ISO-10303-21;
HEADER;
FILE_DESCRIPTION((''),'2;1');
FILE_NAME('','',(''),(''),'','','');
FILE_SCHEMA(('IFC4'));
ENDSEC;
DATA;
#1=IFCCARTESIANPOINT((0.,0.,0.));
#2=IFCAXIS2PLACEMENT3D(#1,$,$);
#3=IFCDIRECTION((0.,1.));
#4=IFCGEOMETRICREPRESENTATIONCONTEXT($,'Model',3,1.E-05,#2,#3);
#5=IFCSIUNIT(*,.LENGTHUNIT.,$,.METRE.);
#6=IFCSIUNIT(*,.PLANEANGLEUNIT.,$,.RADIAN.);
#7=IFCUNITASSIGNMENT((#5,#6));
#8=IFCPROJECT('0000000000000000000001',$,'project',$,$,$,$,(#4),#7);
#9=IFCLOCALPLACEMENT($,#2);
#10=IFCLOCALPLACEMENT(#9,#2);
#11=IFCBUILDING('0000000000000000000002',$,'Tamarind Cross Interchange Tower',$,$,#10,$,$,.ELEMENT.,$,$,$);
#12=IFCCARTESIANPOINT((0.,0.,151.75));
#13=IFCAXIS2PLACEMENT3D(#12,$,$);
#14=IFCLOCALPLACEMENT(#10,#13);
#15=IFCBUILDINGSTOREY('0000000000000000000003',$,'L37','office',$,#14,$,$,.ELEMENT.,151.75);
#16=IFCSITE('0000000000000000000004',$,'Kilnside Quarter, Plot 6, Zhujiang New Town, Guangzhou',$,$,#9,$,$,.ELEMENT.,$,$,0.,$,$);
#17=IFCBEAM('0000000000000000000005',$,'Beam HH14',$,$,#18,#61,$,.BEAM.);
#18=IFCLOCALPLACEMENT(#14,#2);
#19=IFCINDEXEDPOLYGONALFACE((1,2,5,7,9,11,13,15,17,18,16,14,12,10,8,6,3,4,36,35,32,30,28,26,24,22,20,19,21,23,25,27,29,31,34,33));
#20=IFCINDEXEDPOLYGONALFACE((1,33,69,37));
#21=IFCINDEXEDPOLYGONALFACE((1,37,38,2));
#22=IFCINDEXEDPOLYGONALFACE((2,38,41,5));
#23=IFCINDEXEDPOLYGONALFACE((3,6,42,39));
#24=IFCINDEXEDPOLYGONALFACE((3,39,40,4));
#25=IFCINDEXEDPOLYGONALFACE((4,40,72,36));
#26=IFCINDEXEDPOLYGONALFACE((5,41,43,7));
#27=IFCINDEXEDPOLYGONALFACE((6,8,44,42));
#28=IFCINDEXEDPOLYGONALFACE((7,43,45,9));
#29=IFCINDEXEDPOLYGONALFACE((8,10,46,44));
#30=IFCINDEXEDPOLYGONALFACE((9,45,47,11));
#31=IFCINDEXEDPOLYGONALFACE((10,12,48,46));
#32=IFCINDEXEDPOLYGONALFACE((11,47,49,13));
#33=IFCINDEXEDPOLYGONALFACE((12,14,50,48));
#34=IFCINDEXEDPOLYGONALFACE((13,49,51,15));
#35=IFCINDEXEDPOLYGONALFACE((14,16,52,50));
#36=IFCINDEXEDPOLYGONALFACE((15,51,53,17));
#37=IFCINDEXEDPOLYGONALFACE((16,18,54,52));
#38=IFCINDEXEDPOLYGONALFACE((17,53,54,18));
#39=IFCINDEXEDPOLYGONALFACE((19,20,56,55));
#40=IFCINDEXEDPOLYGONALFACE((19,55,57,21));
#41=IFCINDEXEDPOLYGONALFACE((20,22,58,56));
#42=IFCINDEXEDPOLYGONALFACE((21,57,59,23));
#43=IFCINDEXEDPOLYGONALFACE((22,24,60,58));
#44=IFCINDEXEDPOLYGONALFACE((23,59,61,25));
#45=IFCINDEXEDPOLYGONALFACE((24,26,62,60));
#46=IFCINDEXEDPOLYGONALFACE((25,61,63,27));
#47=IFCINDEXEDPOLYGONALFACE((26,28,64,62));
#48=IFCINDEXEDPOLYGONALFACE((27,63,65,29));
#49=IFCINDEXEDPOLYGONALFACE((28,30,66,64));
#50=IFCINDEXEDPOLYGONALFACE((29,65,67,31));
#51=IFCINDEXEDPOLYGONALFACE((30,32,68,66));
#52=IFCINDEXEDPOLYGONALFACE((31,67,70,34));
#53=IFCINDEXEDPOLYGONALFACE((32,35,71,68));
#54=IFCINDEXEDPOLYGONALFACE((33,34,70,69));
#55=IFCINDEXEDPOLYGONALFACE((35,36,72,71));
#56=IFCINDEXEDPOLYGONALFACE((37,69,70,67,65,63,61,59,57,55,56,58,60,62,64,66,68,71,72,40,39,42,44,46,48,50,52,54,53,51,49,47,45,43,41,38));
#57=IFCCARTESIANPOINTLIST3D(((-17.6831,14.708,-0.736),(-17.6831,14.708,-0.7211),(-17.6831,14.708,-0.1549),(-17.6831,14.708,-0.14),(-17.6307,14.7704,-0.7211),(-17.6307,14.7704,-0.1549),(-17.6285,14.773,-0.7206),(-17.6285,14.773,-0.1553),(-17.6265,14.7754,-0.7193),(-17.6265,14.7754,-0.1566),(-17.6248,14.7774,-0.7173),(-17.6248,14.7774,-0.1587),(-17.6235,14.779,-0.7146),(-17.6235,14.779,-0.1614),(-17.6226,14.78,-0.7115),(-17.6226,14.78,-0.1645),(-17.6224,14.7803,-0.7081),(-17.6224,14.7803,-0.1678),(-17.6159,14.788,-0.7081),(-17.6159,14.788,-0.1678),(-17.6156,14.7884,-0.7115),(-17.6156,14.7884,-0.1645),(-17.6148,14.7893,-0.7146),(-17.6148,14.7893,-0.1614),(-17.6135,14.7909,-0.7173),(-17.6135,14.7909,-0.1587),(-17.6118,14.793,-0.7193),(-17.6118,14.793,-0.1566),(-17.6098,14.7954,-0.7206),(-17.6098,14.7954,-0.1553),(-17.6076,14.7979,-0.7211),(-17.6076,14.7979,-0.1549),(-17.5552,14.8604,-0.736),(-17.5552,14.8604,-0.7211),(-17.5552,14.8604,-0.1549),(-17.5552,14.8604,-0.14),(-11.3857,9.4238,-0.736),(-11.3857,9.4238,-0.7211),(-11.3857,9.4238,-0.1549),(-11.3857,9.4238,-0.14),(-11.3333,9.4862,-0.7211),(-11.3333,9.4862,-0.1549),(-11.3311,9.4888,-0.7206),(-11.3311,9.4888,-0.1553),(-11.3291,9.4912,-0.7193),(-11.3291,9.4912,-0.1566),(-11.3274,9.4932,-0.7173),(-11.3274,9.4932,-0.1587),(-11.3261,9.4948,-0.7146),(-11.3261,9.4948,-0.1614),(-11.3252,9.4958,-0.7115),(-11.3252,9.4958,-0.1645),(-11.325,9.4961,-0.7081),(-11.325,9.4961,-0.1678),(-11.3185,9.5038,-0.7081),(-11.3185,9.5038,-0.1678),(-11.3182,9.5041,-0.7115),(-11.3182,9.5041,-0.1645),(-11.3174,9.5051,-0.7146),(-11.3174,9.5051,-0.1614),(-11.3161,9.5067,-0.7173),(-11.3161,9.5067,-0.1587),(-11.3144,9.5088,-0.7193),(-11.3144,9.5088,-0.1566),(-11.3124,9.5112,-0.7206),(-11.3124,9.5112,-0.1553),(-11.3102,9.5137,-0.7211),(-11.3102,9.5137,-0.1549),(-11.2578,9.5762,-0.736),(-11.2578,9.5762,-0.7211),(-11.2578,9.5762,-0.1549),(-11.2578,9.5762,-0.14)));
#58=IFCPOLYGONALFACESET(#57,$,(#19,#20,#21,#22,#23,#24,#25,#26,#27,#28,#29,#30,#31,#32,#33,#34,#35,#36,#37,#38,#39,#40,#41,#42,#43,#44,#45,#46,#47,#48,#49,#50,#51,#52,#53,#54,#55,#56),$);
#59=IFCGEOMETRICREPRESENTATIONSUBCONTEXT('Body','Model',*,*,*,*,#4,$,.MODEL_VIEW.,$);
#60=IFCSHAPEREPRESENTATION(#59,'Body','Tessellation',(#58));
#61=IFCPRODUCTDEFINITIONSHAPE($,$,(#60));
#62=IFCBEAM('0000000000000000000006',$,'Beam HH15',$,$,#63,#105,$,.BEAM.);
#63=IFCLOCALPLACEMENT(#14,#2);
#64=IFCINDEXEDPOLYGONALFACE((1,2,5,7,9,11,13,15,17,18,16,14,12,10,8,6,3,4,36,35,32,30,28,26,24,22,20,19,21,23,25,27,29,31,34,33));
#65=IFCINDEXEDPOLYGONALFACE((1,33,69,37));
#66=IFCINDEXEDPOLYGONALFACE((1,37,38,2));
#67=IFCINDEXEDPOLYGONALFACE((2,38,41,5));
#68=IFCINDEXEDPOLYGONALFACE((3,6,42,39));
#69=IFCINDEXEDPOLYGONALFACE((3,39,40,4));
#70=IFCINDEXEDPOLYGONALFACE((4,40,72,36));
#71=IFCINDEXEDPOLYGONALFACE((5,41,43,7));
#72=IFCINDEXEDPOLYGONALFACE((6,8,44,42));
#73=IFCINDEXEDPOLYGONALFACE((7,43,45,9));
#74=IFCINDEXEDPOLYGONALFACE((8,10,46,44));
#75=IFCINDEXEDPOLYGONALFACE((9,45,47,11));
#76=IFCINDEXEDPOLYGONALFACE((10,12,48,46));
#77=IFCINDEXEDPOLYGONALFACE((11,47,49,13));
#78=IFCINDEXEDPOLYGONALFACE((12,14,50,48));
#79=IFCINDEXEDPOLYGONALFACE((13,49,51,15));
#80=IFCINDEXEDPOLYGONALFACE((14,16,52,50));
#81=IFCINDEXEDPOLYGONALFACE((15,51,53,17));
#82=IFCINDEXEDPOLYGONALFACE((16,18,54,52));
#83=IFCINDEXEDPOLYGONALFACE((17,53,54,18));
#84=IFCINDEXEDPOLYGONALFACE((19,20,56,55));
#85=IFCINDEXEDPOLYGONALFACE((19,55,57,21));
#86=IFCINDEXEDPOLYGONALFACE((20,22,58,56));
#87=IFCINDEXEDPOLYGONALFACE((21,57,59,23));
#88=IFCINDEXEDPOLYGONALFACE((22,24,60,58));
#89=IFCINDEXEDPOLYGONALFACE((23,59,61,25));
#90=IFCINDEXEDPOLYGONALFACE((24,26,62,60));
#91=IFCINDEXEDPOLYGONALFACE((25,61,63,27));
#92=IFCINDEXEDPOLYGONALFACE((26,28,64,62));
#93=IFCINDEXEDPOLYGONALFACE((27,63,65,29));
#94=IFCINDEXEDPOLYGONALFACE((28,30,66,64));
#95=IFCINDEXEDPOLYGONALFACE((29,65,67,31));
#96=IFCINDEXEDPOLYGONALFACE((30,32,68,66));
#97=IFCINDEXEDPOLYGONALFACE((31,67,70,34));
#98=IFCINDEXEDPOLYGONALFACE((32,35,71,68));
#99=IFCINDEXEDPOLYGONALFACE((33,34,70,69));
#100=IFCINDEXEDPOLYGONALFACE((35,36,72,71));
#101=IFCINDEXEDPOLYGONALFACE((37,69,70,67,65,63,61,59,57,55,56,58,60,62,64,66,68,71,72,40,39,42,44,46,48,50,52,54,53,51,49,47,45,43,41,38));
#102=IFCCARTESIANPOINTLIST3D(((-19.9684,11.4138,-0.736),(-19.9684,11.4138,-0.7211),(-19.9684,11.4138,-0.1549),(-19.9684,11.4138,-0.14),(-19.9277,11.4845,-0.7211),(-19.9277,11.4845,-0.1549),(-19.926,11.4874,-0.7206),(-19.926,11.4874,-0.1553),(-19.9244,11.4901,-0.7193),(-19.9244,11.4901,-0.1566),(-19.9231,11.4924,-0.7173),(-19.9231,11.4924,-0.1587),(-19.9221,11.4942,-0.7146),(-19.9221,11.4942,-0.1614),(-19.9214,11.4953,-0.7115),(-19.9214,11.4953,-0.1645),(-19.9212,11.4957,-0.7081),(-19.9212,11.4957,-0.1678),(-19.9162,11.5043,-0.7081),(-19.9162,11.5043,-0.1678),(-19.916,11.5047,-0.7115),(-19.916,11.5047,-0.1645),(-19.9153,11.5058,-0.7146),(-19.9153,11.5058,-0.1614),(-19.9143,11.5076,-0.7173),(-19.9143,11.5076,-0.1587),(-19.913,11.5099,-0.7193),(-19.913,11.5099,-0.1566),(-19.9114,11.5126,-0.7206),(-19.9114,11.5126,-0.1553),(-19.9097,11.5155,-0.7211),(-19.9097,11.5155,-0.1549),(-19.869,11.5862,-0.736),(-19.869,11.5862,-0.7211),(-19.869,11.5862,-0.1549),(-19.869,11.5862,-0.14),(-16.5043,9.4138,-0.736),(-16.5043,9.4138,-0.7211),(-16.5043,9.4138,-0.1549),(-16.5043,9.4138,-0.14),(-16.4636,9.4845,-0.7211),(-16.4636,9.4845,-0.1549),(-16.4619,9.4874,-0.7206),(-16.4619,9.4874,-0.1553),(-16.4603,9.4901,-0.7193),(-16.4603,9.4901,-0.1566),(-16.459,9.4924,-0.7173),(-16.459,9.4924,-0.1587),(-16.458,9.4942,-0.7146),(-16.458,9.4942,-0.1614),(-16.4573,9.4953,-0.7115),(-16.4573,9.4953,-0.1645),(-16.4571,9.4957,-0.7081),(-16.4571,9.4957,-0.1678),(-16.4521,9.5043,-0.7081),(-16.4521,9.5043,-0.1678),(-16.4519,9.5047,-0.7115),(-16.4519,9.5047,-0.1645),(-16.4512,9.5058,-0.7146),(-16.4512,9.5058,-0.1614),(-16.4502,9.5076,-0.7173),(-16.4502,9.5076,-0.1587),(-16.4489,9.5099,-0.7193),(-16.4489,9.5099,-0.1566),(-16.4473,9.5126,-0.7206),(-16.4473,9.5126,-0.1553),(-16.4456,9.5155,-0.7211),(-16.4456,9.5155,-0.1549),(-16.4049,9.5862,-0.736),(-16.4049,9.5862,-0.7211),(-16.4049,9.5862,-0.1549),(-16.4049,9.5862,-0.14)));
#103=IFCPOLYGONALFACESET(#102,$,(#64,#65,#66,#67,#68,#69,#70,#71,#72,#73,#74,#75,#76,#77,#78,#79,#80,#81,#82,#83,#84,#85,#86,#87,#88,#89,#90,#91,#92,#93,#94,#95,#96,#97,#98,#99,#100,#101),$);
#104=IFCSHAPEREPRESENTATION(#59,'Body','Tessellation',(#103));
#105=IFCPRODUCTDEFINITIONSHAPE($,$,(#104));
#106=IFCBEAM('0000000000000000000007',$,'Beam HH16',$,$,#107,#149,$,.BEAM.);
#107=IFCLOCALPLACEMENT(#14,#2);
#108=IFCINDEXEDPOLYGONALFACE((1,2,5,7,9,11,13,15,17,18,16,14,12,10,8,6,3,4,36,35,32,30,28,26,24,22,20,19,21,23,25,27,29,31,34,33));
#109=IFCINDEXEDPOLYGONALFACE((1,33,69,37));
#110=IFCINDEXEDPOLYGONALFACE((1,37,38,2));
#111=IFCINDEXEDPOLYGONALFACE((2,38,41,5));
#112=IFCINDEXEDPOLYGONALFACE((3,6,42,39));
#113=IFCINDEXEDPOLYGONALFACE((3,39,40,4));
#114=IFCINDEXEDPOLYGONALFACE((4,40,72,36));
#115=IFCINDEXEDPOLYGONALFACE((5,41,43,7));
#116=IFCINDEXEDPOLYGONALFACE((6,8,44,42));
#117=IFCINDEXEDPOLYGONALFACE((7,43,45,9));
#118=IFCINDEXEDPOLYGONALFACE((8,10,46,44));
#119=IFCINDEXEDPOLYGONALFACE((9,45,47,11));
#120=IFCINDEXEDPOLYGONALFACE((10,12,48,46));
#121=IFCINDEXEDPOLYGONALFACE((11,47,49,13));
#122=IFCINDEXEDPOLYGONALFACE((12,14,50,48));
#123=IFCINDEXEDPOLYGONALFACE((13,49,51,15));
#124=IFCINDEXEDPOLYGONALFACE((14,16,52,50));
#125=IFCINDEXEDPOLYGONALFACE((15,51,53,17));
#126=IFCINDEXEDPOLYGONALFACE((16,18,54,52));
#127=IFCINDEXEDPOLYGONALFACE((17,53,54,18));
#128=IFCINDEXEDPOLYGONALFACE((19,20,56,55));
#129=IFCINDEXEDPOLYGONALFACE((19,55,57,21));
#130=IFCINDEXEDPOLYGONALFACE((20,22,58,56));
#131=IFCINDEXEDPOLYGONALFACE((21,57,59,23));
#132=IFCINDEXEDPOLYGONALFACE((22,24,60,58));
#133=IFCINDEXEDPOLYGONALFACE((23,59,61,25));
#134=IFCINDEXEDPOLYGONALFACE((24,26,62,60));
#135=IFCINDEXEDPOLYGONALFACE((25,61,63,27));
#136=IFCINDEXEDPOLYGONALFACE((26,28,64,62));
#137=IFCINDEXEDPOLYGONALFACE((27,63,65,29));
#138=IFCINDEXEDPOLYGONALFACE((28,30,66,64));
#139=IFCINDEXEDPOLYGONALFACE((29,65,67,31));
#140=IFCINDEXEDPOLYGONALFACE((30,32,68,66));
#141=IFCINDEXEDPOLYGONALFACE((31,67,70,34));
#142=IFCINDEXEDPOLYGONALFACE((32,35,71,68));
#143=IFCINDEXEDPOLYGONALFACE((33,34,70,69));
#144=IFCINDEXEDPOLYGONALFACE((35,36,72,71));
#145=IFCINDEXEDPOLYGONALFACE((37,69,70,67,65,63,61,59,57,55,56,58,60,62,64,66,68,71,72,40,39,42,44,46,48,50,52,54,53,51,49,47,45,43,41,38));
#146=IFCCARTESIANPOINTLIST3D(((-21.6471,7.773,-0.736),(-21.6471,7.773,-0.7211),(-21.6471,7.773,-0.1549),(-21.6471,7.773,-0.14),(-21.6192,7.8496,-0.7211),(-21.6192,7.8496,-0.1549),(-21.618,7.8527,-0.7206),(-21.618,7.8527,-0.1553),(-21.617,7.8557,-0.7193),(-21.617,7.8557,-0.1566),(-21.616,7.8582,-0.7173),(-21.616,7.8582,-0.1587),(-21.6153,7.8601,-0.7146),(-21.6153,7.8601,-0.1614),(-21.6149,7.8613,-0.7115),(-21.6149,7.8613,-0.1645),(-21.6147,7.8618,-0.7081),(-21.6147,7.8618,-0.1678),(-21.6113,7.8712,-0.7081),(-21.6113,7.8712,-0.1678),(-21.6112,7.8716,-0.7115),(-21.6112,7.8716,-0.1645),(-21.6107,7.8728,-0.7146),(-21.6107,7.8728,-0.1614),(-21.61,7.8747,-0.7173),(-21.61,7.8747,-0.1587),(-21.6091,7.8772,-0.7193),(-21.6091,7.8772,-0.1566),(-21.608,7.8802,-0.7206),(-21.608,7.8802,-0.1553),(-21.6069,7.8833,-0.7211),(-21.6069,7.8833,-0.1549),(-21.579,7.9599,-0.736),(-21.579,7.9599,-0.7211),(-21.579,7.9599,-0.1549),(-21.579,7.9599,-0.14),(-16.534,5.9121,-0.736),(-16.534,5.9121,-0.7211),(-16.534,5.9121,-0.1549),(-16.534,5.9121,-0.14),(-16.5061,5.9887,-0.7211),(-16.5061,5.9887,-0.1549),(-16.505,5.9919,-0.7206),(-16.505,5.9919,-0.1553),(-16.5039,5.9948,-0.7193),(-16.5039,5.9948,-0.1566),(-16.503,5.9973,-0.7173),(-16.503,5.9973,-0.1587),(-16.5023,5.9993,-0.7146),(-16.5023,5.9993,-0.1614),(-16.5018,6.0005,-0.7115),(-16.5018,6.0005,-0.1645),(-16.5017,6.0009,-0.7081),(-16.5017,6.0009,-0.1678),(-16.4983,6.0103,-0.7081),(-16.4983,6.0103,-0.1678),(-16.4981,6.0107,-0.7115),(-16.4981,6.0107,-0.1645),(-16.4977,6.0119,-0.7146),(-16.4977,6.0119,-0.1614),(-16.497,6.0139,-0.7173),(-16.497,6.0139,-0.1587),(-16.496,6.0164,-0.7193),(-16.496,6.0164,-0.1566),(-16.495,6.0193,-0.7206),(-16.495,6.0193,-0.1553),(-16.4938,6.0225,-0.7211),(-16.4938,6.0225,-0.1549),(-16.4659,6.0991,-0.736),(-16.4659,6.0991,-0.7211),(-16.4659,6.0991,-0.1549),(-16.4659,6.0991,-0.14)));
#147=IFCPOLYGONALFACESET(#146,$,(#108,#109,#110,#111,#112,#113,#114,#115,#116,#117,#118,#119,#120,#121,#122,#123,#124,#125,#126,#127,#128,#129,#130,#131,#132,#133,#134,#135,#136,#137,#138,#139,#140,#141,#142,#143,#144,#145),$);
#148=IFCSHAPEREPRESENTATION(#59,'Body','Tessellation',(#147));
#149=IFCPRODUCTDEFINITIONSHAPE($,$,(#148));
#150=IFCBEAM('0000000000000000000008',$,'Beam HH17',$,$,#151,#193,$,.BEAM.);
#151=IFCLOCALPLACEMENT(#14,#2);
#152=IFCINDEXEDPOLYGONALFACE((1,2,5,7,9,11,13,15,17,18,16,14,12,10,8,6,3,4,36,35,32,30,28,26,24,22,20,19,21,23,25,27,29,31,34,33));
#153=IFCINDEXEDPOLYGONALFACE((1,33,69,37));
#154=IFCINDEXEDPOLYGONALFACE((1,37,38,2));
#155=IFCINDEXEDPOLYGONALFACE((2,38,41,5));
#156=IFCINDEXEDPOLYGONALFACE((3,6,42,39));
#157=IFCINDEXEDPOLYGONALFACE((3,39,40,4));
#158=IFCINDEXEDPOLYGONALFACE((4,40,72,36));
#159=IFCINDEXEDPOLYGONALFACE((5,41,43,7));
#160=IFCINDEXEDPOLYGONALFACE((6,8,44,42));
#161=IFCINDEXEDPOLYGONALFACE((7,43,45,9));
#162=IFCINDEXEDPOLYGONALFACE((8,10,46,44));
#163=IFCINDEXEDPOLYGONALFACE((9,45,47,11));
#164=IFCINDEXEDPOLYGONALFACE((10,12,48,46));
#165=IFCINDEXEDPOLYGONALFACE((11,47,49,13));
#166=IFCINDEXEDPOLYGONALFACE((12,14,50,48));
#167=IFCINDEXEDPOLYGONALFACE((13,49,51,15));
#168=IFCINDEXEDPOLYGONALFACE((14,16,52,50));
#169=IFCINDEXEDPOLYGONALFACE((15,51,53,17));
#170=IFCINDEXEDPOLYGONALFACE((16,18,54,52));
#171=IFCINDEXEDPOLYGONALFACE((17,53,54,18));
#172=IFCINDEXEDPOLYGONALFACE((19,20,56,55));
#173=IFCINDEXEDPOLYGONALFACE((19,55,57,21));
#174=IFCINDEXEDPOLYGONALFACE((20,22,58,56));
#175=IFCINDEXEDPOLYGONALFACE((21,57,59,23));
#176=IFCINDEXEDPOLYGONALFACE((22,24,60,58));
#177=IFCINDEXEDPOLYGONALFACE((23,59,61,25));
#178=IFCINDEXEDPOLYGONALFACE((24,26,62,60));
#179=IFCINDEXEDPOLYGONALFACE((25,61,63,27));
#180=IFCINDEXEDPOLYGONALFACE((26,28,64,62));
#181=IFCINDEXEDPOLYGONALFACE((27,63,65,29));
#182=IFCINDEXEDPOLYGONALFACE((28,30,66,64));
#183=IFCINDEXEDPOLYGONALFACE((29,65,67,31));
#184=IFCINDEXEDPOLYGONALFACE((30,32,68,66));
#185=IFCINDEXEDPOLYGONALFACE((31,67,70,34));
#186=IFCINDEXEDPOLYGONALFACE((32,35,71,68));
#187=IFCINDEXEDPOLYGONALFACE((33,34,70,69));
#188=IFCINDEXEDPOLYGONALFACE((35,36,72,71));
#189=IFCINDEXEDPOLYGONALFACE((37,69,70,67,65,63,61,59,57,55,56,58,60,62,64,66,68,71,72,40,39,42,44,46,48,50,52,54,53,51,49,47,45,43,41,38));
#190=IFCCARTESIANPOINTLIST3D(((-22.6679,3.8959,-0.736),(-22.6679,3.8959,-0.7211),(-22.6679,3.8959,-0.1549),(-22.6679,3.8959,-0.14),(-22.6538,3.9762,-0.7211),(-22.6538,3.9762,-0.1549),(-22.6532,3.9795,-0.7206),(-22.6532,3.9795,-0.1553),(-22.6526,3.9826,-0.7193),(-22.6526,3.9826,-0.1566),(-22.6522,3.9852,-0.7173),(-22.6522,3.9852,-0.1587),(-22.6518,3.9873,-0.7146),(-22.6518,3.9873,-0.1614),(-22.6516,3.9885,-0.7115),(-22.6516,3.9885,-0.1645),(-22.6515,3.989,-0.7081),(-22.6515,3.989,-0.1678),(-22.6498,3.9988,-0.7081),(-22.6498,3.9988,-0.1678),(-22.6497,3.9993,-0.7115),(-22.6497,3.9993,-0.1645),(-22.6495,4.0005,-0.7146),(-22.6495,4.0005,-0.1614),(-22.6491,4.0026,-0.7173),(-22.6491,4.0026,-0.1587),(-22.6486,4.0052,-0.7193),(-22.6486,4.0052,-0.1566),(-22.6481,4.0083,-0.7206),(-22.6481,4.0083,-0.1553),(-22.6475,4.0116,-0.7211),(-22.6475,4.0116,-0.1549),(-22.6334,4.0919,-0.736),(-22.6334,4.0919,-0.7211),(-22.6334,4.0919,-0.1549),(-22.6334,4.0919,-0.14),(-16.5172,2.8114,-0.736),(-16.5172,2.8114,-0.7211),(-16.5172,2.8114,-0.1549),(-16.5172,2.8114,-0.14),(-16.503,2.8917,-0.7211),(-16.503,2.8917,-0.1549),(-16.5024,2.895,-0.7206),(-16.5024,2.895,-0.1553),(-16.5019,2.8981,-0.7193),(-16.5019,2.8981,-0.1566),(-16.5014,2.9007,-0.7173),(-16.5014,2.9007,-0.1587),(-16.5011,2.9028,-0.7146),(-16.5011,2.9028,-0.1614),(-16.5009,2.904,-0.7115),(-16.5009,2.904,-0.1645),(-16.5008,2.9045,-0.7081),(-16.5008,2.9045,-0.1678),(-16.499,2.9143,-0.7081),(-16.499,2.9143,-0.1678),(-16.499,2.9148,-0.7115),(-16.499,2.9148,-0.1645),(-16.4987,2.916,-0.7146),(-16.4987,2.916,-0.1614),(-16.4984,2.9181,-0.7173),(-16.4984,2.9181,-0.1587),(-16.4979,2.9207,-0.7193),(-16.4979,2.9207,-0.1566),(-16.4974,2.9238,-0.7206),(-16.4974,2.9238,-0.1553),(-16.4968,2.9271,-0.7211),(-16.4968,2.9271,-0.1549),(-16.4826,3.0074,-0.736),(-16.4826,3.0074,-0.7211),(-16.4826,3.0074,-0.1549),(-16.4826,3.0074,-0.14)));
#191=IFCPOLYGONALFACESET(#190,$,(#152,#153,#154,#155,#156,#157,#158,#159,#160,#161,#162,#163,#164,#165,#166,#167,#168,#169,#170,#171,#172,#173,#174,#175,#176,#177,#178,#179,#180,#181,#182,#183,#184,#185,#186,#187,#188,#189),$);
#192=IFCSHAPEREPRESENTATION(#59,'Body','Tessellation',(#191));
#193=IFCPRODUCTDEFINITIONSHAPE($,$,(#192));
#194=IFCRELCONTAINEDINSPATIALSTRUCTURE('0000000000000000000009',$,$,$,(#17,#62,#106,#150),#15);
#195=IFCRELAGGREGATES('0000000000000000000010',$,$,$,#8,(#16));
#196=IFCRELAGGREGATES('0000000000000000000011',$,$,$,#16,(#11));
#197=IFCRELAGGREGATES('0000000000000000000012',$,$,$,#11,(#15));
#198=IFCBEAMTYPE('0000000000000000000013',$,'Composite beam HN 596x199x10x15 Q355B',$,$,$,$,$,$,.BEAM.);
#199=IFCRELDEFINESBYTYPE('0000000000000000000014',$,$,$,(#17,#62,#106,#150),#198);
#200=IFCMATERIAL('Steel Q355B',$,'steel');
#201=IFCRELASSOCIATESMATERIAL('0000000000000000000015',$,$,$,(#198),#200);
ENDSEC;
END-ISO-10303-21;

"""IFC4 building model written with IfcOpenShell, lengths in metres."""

from ifc_helpers import new_model, si_unit, direction, frame, origin, origin_2d, place, context, subcontext, project, spatial, i_section, extrude, material, material_profile, profile_set, type_object, element, save


model = new_model("IFC4")

# Units and contexts
model_context = context("Model", 3, precision=1e-05, world=origin(), true_north=direction((0.0, 1.0)))
body_context = subcontext(model_context, "Body", "Model", "MODEL_VIEW")
ifc_project = project(units=[si_unit("LENGTHUNIT", "METRE"), si_unit("PLANEANGLEUNIT", "RADIAN")], contexts=[model_context])

# Site, building, storey
site_placement = place(None, origin())
site = spatial("IfcSite", under=ifc_project, at=site_placement, Name="Kilnside Quarter, Plot 6, Zhujiang New Town, Guangzhou", CompositionType="ELEMENT", RefElevation=0.0)
building_placement = place(site_placement, origin())
building = spatial("IfcBuilding", under=site, at=building_placement, Name="Tamarind Cross Interchange Tower", CompositionType="ELEMENT")
storey_placement = place(building_placement, frame((0.0, 0.0, 151.75)))
storey = spatial("IfcBuildingStorey", under=building, at=storey_placement, Name="L37", Description="office", CompositionType="ELEMENT", Elevation=151.75)

# Beams
ifc_material_1 = material(Name="Steel Q355B", Category="steel")
ifc_material_profile_1 = material_profile(ifc_material_1, i_section(OverallWidth=0.199, OverallDepth=0.5959, WebThickness=0.01, FlangeThickness=0.0149, FilletRadius=0.0129, at=origin_2d()), Name="HN 596x199x10x15")
ifc_profile_set_1 = profile_set([ifc_material_profile_1], Name="Steel Q355B")
beam_type_1 = type_object("IfcBeamType", Name="Composite beam HN 596x199x10x15 Q355B", PredefinedType="BEAM", material=ifc_profile_set_1)
beam_1_placement = place(storey_placement, frame((-17.6191, 14.7842, -0.438), z_axis=(0.766041, -0.642792, 0.0), x_axis=(0.642792, 0.766041, 0.0)))
element("IfcBeam", 1, at=beam_1_placement, inside=storey, type_object=beam_type_1, Name="Beam HH14", PredefinedType="BEAM", context=body_context, shape_type="SweptSolid", body=[
    extrude(i_section(OverallWidth=0.199, OverallDepth=0.5959, WebThickness=0.01, FlangeThickness=0.0149, FilletRadius=0.0129, at=origin_2d()), origin(), (0.0, 0.0, 1.0), 8.2207),
])
beam_2_placement = place(storey_placement, frame((-19.9187, 11.5, -0.438), z_axis=(0.866026, -0.499999, 0.0), x_axis=(0.499999, 0.866026, 0.0)))
element("IfcBeam", 2, at=beam_2_placement, inside=storey, type_object=beam_type_1, Name="Beam HH15", PredefinedType="BEAM", context=body_context, shape_type="SweptSolid", body=[
    extrude(i_section(OverallWidth=0.199, OverallDepth=0.5959, WebThickness=0.01, FlangeThickness=0.0149, FilletRadius=0.0129, at=origin_2d()), origin(), (0.0, 0.0, 1.0), 4.0),
])
beam_3_placement = place(storey_placement, frame((-21.613, 7.8665, -0.438), z_axis=(0.939702, -0.341995, 0.0), x_axis=(0.341995, 0.939702, 0.0)))
element("IfcBeam", 3, at=beam_3_placement, inside=storey, type_object=beam_type_1, Name="Beam HH16", PredefinedType="BEAM", context=body_context, shape_type="SweptSolid", body=[
    extrude(i_section(OverallWidth=0.199, OverallDepth=0.5959, WebThickness=0.01, FlangeThickness=0.0149, FilletRadius=0.0129, at=origin_2d()), origin(), (0.0, 0.0, 1.0), 5.4412),
])
beam_4_placement = place(storey_placement, frame((-22.6506, 3.9939, -0.438), z_axis=(0.984809, -0.17364, 0.0), x_axis=(0.17364, 0.984809, 0.0)))
element("IfcBeam", 4, at=beam_4_placement, inside=storey, type_object=beam_type_1, Name="Beam HH17", PredefinedType="BEAM", context=body_context, shape_type="SweptSolid", body=[
    extrude(i_section(OverallWidth=0.199, OverallDepth=0.5959, WebThickness=0.01, FlangeThickness=0.0149, FilletRadius=0.0129, at=origin_2d()), origin(), (0.0, 0.0, 1.0), 6.2456),
])

save(model, "model.ifc")
